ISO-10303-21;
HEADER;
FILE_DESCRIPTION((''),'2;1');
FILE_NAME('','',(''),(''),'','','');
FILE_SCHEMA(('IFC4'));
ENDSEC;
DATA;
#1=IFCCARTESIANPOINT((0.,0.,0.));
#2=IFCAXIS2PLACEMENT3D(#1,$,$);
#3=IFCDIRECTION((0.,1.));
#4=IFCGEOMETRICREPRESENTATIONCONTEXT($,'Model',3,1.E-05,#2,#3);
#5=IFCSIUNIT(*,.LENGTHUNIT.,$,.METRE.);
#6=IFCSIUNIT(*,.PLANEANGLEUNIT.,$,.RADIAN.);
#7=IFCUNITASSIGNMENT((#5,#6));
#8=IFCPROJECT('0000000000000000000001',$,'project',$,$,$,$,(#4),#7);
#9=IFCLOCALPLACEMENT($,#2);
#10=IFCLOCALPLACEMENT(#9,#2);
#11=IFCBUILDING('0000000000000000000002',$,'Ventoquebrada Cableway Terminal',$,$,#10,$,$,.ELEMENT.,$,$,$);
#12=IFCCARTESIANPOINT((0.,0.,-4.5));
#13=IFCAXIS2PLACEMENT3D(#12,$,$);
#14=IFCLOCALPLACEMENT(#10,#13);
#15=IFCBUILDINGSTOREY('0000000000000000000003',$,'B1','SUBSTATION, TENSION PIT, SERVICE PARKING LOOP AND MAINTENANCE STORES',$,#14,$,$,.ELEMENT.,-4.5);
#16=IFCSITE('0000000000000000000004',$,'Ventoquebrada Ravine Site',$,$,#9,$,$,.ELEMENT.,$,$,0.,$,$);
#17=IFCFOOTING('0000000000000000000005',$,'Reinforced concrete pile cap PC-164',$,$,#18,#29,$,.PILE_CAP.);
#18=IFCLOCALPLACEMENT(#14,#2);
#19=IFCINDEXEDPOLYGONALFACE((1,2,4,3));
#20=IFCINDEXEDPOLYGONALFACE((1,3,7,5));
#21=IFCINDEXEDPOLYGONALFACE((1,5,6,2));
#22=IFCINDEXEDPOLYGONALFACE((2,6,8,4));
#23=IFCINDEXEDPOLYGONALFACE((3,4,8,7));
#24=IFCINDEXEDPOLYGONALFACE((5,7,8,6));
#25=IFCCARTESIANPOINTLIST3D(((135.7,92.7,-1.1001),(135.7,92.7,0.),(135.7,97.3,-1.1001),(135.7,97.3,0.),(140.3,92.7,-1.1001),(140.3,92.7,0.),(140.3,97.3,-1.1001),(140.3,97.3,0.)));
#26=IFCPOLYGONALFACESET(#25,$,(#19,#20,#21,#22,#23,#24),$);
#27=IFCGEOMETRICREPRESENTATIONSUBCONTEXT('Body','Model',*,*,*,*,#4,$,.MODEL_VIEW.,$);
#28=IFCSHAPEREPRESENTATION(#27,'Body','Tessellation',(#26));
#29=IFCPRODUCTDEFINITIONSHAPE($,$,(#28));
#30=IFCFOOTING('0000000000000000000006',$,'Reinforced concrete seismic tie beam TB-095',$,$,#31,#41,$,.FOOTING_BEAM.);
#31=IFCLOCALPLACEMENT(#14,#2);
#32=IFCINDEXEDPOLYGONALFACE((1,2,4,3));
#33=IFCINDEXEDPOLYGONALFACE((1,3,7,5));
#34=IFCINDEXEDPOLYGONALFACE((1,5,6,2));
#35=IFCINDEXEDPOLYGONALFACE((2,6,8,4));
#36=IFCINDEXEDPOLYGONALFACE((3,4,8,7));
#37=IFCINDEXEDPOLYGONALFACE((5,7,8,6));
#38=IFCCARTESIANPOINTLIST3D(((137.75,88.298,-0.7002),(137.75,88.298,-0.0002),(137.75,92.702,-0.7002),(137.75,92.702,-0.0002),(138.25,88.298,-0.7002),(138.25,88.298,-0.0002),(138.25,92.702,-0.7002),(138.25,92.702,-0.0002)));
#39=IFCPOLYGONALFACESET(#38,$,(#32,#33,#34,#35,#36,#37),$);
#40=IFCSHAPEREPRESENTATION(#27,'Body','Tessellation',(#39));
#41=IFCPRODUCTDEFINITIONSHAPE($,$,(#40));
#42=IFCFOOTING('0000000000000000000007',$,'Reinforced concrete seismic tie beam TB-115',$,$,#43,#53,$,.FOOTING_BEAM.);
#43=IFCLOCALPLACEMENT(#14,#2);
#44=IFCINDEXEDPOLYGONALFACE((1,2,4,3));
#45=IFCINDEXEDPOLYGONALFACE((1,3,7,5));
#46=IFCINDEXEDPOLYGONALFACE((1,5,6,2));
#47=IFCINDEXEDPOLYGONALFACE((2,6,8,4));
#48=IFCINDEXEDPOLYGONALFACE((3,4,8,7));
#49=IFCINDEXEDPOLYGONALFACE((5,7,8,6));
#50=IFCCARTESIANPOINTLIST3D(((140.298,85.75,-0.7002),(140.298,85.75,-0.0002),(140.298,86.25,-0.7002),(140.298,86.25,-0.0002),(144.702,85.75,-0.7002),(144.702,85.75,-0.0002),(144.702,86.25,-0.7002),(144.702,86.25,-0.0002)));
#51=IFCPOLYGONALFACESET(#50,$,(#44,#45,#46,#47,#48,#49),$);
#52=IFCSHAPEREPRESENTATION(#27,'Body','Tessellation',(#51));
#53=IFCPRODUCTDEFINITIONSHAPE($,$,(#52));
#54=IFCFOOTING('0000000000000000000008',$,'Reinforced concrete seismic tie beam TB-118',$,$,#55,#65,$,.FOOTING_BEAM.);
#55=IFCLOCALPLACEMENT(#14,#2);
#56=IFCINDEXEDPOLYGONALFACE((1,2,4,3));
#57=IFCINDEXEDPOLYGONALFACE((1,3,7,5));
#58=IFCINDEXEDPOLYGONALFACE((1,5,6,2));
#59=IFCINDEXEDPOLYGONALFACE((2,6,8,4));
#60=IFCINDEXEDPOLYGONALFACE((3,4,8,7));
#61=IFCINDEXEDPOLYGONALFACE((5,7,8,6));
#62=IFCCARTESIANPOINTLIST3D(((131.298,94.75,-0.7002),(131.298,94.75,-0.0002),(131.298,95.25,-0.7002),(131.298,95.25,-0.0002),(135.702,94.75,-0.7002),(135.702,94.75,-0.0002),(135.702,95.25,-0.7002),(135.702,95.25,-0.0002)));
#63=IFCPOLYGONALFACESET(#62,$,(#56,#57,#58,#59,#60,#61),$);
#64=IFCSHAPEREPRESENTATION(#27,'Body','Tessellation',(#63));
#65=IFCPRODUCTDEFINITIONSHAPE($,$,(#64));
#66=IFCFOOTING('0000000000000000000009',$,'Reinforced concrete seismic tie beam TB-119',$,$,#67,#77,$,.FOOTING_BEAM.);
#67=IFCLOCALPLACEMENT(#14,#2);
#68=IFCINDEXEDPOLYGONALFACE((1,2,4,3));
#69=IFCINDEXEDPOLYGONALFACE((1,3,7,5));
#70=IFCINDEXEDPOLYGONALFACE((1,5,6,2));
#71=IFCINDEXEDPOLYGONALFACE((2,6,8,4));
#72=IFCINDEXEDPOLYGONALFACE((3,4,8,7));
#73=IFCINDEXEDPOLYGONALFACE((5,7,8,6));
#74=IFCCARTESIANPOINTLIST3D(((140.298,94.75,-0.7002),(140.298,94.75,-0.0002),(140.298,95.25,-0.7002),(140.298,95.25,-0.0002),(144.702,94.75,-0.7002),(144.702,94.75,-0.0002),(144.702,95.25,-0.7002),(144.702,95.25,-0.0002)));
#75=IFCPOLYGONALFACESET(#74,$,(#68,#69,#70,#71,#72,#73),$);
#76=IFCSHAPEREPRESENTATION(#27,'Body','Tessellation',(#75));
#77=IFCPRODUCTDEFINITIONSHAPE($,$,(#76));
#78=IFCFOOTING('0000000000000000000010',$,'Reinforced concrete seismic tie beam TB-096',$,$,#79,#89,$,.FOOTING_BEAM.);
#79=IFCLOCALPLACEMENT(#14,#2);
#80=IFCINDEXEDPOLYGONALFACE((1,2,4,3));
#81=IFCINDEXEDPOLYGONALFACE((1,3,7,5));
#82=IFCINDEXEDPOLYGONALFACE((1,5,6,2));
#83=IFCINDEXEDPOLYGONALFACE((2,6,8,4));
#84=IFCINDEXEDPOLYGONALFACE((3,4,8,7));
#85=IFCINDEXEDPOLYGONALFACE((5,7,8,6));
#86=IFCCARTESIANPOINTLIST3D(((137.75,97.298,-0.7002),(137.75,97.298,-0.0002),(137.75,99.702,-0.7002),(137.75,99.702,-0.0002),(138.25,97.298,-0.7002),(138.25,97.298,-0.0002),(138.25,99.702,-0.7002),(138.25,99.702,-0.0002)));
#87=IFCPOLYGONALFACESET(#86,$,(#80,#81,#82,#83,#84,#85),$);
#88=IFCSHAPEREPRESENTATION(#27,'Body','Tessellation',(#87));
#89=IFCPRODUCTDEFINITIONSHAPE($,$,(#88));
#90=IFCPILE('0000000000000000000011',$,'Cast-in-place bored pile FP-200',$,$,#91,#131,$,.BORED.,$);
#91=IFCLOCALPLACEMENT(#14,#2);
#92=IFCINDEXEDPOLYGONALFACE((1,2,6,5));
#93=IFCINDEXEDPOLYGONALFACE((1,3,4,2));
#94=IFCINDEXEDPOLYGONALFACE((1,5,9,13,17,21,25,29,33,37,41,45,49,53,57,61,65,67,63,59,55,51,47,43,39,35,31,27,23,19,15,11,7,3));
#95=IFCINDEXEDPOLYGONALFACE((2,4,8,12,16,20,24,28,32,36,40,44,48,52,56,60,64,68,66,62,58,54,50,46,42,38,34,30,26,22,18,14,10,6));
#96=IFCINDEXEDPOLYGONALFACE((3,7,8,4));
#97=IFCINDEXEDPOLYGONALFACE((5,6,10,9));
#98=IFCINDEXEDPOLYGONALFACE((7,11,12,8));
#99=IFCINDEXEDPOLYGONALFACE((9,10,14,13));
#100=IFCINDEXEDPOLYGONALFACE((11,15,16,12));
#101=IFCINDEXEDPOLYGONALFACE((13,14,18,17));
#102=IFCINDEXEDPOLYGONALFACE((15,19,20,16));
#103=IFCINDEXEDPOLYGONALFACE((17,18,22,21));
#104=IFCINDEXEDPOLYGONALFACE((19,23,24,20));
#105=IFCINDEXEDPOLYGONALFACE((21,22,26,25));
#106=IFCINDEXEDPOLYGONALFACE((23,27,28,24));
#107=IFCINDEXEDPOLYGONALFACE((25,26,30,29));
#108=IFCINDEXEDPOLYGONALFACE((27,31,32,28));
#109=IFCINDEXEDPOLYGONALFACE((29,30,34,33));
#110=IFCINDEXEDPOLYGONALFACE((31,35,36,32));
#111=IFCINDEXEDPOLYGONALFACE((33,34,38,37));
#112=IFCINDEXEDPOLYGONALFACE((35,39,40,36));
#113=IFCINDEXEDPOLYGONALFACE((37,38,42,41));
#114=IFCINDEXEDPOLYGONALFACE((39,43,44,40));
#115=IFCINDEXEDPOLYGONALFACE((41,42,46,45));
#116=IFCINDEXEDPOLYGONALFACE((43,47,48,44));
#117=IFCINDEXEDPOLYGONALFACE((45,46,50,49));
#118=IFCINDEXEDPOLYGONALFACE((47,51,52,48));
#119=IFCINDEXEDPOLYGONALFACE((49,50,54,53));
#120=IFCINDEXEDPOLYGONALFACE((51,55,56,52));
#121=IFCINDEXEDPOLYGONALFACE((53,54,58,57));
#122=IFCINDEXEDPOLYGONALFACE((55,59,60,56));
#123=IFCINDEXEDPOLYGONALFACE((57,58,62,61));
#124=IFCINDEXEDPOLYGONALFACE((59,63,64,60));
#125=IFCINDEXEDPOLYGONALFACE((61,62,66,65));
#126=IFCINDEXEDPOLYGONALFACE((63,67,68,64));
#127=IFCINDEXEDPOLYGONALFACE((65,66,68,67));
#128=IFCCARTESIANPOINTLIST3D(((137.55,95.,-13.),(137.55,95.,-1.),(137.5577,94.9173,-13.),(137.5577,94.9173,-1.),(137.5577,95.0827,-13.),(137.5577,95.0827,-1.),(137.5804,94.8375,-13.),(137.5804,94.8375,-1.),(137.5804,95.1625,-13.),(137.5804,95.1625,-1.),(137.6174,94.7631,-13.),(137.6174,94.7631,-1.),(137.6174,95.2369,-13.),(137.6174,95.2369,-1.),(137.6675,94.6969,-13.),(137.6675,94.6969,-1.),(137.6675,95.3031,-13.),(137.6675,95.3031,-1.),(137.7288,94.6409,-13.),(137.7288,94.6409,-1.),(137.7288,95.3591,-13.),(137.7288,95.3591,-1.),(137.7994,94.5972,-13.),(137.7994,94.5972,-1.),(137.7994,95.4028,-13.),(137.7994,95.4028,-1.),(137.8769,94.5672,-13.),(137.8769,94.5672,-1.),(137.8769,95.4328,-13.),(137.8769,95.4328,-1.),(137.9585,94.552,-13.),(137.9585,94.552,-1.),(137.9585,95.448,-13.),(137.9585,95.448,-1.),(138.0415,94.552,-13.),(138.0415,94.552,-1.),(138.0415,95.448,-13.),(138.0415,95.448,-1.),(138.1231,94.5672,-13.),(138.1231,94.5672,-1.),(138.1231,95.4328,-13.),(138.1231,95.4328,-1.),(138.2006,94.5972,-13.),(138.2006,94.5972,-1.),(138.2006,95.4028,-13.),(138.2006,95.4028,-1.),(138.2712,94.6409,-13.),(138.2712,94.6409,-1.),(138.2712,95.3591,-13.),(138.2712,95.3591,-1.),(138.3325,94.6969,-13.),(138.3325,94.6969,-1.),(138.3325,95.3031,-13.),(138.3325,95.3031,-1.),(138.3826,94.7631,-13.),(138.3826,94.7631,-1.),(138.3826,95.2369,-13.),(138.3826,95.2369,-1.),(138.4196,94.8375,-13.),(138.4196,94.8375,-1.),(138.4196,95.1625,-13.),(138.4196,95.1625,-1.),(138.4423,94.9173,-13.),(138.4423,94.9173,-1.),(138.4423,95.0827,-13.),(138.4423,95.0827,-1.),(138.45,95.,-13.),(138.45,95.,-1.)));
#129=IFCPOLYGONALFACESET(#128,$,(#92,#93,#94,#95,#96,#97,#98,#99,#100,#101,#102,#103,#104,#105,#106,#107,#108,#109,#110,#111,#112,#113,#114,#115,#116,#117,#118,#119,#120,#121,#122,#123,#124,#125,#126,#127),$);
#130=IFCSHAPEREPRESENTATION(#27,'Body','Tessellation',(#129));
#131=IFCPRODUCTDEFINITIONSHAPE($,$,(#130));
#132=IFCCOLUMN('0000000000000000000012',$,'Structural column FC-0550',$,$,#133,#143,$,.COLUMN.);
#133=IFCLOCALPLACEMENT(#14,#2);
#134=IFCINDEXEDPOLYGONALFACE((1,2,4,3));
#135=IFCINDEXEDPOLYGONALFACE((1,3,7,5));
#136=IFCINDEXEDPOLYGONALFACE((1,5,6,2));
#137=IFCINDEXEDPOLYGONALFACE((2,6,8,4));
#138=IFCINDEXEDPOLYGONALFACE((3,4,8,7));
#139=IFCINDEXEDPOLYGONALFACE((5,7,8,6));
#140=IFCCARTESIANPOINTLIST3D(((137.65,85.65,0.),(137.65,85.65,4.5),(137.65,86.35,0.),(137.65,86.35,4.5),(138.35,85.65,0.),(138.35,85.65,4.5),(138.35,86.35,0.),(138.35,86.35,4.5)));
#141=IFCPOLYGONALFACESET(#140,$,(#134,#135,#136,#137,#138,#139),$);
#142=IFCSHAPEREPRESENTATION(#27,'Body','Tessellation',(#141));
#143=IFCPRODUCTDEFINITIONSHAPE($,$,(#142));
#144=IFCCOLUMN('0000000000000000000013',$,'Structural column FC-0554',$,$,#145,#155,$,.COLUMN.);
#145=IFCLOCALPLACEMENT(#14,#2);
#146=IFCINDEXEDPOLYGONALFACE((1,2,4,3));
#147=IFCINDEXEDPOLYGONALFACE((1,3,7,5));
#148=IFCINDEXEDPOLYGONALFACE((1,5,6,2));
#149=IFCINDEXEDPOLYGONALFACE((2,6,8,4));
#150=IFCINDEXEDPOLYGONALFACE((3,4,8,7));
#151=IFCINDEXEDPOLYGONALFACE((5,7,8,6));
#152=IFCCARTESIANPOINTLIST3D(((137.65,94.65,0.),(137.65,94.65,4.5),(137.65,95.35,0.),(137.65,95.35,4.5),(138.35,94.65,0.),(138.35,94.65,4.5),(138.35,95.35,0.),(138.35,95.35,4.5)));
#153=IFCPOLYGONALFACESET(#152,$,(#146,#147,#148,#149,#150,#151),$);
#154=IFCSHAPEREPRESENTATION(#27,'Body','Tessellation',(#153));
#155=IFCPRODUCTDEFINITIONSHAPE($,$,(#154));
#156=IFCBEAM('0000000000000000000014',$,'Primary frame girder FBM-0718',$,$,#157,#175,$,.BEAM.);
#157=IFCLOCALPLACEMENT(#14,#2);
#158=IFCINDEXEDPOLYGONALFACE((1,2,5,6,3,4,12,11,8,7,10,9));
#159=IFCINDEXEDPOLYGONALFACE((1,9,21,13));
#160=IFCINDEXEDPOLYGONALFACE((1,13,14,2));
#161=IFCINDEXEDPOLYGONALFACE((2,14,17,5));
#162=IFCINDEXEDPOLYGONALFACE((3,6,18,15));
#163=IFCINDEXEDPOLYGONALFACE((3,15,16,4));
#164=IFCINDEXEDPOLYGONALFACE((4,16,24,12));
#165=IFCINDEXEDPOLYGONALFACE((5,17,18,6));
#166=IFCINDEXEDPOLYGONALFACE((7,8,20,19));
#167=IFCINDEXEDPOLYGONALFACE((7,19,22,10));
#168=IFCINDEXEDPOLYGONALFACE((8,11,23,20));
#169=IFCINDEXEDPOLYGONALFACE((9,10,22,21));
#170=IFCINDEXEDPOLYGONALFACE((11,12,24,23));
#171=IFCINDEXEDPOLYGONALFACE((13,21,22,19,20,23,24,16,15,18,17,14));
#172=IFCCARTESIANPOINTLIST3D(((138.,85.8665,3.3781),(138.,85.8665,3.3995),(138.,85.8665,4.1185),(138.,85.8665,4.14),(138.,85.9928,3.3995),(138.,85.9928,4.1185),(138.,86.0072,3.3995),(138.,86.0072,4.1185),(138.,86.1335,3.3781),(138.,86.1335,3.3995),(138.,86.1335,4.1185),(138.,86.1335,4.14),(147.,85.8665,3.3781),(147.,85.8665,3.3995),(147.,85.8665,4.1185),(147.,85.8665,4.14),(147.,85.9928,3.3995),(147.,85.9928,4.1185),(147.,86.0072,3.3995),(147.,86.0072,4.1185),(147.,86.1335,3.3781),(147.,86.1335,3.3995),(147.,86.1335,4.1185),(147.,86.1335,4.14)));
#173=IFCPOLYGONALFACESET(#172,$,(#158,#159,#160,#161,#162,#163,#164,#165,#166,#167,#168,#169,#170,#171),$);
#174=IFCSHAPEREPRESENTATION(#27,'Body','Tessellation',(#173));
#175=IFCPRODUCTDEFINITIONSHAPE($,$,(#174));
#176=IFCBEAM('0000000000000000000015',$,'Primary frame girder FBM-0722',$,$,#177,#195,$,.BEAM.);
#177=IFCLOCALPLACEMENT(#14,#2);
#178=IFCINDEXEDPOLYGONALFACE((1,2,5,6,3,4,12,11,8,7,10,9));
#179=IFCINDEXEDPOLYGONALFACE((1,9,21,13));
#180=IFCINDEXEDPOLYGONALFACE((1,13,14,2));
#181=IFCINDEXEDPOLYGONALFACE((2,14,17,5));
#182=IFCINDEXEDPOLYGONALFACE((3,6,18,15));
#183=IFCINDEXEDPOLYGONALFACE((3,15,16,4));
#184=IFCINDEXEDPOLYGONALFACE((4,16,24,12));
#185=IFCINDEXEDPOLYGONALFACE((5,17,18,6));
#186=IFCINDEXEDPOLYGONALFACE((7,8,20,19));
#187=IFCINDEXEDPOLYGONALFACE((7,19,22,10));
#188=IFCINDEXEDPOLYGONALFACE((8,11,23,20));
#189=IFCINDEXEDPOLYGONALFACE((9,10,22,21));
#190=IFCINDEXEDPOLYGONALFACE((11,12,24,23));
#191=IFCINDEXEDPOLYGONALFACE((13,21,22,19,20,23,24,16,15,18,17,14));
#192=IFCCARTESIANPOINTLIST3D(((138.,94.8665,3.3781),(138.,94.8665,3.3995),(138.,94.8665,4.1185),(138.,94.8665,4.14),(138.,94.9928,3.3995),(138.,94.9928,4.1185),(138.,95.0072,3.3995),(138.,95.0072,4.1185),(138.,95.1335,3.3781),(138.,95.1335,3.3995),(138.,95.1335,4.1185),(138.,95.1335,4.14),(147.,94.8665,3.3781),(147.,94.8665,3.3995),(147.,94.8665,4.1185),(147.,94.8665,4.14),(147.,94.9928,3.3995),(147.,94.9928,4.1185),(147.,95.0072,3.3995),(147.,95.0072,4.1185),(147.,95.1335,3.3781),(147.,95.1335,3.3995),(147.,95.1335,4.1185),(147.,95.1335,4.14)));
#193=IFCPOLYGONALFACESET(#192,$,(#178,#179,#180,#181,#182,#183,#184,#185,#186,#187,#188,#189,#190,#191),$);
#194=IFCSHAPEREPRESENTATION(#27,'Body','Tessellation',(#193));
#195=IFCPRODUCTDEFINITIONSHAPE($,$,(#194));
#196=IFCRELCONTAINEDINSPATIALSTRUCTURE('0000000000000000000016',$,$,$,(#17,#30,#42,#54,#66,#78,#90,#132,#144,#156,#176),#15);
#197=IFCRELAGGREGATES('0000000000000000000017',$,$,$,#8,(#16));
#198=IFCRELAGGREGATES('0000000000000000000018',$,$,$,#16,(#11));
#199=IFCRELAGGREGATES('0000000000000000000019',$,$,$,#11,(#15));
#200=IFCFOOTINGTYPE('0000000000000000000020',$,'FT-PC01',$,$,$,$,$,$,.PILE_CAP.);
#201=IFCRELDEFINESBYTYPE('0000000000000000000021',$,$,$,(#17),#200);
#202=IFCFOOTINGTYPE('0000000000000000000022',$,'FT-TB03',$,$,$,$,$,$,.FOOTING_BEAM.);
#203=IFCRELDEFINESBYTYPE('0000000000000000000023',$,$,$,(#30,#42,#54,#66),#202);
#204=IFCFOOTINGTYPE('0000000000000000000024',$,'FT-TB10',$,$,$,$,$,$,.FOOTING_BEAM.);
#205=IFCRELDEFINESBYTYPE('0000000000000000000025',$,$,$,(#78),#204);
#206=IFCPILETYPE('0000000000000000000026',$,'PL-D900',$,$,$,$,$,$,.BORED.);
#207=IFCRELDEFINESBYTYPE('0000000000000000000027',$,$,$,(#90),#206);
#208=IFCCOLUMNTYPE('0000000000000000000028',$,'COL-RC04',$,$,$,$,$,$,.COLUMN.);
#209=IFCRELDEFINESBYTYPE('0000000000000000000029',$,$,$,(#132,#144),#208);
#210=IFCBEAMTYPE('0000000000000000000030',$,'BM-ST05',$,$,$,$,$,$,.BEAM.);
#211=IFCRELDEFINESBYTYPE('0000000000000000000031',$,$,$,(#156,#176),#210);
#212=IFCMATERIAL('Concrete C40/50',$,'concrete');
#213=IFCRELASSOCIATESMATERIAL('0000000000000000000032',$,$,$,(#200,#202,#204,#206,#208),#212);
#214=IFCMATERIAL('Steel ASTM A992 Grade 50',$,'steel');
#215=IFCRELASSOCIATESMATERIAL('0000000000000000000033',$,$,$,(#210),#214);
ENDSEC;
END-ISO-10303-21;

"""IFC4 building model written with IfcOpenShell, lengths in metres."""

from ifc_helpers import new_model, si_unit, direction, frame, origin, origin_2d, place, context, subcontext, project, spatial, rectangle, circle, i_section, extrude, material, material_profile, profile_set, type_object, element, save


model = new_model("IFC4")

# Units and contexts
model_context = context("Model", 3, precision=1e-05, world=origin(), true_north=direction((0.0, 1.0)))
body_context = subcontext(model_context, "Body", "Model", "MODEL_VIEW")
ifc_project = project(units=[si_unit("LENGTHUNIT", "METRE"), si_unit("PLANEANGLEUNIT", "RADIAN")], contexts=[model_context])

# Site, building, storey
site_placement = place(None, origin())
site = spatial("IfcSite", under=ifc_project, at=site_placement, Name="Ventoquebrada Ravine Site", CompositionType="ELEMENT", RefElevation=0.0)
building_placement = place(site_placement, origin())
building = spatial("IfcBuilding", under=site, at=building_placement, Name="Ventoquebrada Cableway Terminal", CompositionType="ELEMENT")
storey_placement = place(building_placement, frame((0.0, 0.0, -4.5)))
storey = spatial("IfcBuildingStorey", under=building, at=storey_placement, Name="B1", Description="SUBSTATION, TENSION PIT, SERVICE PARKING LOOP AND MAINTENANCE STORES", CompositionType="ELEMENT", Elevation=-4.5)

# Footings
ifc_material_1 = material(Name="Concrete C40/50", Category="concrete")
footing_type_1 = type_object("IfcFootingType", Name="FT-PC01", PredefinedType="PILE_CAP", material=ifc_material_1)
footing_1_placement = place(storey_placement, frame((138.0, 95.0, -1.1001), z_axis=(0.0, 0.0, 1.0), x_axis=(1.0, 0.0, 0.0)))
element("IfcFooting", 1, at=footing_1_placement, inside=storey, type_object=footing_type_1, Name="Reinforced concrete pile cap PC-164", PredefinedType="PILE_CAP", context=body_context, shape_type="SweptSolid", body=[
    extrude(rectangle(XDim=4.6001, YDim=4.6001, at=origin_2d()), origin(), (0.0, 0.0, 1.0), 1.1001),
])
footing_type_2 = type_object("IfcFootingType", Name="FT-TB03", PredefinedType="FOOTING_BEAM", material=ifc_material_1)
for number, where, z_axis, x_axis, name in (
    (2, (138.0, 90.5, -0.7002), (0.0, 0.0, 1.0), (0.0, 1.0, 0.0), "Reinforced concrete seismic tie beam TB-095"),
    (3, (142.5, 86.0, -0.7002), (0.0, 0.0, 1.0), (1.0, 0.0, 0.0), "Reinforced concrete seismic tie beam TB-115"),
    (4, (133.5, 95.0, -0.7002), (0.0, 0.0, 1.0), (1.0, 0.0, 0.0), "Reinforced concrete seismic tie beam TB-118"),
    (5, (142.5, 95.0, -0.7002), (0.0, 0.0, 1.0), (1.0, 0.0, 0.0), "Reinforced concrete seismic tie beam TB-119"),
):
    element("IfcFooting", number, at=place(storey_placement, frame(where, z_axis=z_axis, x_axis=x_axis)), inside=storey, type_object=footing_type_2, Name=name, PredefinedType="FOOTING_BEAM", context=body_context, shape_type="SweptSolid", body=[
        extrude(rectangle(XDim=4.4041, YDim=0.5, at=origin_2d()), origin(), (0.0, 0.0, 1.0), 0.7),
    ])
footing_type_3 = type_object("IfcFootingType", Name="FT-TB10", PredefinedType="FOOTING_BEAM", material=ifc_material_1)
footing_2_placement = place(storey_placement, frame((138.0, 98.5, -0.7002), z_axis=(0.0, 0.0, 1.0), x_axis=(0.0, 1.0, 0.0)))
element("IfcFooting", 6, at=footing_2_placement, inside=storey, type_object=footing_type_3, Name="Reinforced concrete seismic tie beam TB-096", PredefinedType="FOOTING_BEAM", context=body_context, shape_type="SweptSolid", body=[
    extrude(rectangle(XDim=2.4041, YDim=0.5, at=origin_2d()), origin(), (0.0, 0.0, 1.0), 0.7),
])

# Pile
ifc_material_profile_1 = material_profile(ifc_material_1, circle(Radius=0.45, at=origin_2d()), Name="PILE-D900")
ifc_profile_set_1 = profile_set([ifc_material_profile_1], Name="Concrete C40/50")
pile_type = type_object("IfcPileType", Name="PL-D900", PredefinedType="BORED", material=ifc_profile_set_1)
pile_placement = place(storey_placement, frame((138.0, 95.0, -1.0), z_axis=(0.0, 0.0, -1.0), x_axis=(1.0, 0.0, 0.0)))
element("IfcPile", 7, at=pile_placement, inside=storey, type_object=pile_type, Name="Cast-in-place bored pile FP-200", PredefinedType="BORED", context=body_context, shape_type="SweptSolid", body=[
    extrude(circle(Radius=0.45, at=origin_2d()), origin(), (0.0, 0.0, 1.0), 12.0),
])

# Columns
ifc_material_profile_2 = material_profile(ifc_material_1, rectangle(XDim=0.7, YDim=0.7, at=origin_2d()), Name="RC-COL-700X700")
ifc_profile_set_2 = profile_set([ifc_material_profile_2], Name="Concrete C40/50")
column_type = type_object("IfcColumnType", Name="COL-RC04", PredefinedType="COLUMN", material=ifc_profile_set_2)
for number, where, z_axis, x_axis, name in (
    (8, (138.0, 86.0, 0.0), (0.0, 0.0, 1.0), (1.0, 0.0, 0.0), "Structural column FC-0550"),
    (9, (138.0, 95.0, 0.0), (0.0, 0.0, 1.0), (1.0, 0.0, 0.0), "Structural column FC-0554"),
):
    element("IfcColumn", number, at=place(storey_placement, frame(where, z_axis=z_axis, x_axis=x_axis)), inside=storey, type_object=column_type, Name=name, PredefinedType="COLUMN", context=body_context, shape_type="SweptSolid", body=[
        extrude(rectangle(XDim=0.7, YDim=0.7, at=origin_2d()), origin(), (0.0, 0.0, 1.0), 4.5),
    ])

# Beams
ifc_material_2 = material(Name="Steel ASTM A992 Grade 50", Category="steel")
ifc_material_profile_3 = material_profile(ifc_material_2, i_section(OverallWidth=0.2671, OverallDepth=0.762, WebThickness=0.0144, FlangeThickness=0.0215, at=origin_2d()), Name="W30X116")
ifc_profile_set_3 = profile_set([ifc_material_profile_3], Name="Steel ASTM A992 Grade 50")
beam_type = type_object("IfcBeamType", Name="BM-ST05", PredefinedType="BEAM", material=ifc_profile_set_3)
for number, where, z_axis, x_axis, name in (
    (10, (138.0, 86.0, 3.759), (1.0, 0.0, 0.0), (0.0, 1.0, 0.0), "Primary frame girder FBM-0718"),
    (11, (138.0, 95.0, 3.759), (1.0, 0.0, 0.0), (0.0, 1.0, 0.0), "Primary frame girder FBM-0722"),
):
    element("IfcBeam", number, at=place(storey_placement, frame(where, z_axis=z_axis, x_axis=x_axis)), inside=storey, type_object=beam_type, Name=name, PredefinedType="BEAM", context=body_context, shape_type="SweptSolid", body=[
        extrude(i_section(OverallWidth=0.2671, OverallDepth=0.762, WebThickness=0.0144, FlangeThickness=0.0215, at=origin_2d()), origin(), (0.0, 0.0, 1.0), 9.0),
    ])

save(model, "model.ifc")
